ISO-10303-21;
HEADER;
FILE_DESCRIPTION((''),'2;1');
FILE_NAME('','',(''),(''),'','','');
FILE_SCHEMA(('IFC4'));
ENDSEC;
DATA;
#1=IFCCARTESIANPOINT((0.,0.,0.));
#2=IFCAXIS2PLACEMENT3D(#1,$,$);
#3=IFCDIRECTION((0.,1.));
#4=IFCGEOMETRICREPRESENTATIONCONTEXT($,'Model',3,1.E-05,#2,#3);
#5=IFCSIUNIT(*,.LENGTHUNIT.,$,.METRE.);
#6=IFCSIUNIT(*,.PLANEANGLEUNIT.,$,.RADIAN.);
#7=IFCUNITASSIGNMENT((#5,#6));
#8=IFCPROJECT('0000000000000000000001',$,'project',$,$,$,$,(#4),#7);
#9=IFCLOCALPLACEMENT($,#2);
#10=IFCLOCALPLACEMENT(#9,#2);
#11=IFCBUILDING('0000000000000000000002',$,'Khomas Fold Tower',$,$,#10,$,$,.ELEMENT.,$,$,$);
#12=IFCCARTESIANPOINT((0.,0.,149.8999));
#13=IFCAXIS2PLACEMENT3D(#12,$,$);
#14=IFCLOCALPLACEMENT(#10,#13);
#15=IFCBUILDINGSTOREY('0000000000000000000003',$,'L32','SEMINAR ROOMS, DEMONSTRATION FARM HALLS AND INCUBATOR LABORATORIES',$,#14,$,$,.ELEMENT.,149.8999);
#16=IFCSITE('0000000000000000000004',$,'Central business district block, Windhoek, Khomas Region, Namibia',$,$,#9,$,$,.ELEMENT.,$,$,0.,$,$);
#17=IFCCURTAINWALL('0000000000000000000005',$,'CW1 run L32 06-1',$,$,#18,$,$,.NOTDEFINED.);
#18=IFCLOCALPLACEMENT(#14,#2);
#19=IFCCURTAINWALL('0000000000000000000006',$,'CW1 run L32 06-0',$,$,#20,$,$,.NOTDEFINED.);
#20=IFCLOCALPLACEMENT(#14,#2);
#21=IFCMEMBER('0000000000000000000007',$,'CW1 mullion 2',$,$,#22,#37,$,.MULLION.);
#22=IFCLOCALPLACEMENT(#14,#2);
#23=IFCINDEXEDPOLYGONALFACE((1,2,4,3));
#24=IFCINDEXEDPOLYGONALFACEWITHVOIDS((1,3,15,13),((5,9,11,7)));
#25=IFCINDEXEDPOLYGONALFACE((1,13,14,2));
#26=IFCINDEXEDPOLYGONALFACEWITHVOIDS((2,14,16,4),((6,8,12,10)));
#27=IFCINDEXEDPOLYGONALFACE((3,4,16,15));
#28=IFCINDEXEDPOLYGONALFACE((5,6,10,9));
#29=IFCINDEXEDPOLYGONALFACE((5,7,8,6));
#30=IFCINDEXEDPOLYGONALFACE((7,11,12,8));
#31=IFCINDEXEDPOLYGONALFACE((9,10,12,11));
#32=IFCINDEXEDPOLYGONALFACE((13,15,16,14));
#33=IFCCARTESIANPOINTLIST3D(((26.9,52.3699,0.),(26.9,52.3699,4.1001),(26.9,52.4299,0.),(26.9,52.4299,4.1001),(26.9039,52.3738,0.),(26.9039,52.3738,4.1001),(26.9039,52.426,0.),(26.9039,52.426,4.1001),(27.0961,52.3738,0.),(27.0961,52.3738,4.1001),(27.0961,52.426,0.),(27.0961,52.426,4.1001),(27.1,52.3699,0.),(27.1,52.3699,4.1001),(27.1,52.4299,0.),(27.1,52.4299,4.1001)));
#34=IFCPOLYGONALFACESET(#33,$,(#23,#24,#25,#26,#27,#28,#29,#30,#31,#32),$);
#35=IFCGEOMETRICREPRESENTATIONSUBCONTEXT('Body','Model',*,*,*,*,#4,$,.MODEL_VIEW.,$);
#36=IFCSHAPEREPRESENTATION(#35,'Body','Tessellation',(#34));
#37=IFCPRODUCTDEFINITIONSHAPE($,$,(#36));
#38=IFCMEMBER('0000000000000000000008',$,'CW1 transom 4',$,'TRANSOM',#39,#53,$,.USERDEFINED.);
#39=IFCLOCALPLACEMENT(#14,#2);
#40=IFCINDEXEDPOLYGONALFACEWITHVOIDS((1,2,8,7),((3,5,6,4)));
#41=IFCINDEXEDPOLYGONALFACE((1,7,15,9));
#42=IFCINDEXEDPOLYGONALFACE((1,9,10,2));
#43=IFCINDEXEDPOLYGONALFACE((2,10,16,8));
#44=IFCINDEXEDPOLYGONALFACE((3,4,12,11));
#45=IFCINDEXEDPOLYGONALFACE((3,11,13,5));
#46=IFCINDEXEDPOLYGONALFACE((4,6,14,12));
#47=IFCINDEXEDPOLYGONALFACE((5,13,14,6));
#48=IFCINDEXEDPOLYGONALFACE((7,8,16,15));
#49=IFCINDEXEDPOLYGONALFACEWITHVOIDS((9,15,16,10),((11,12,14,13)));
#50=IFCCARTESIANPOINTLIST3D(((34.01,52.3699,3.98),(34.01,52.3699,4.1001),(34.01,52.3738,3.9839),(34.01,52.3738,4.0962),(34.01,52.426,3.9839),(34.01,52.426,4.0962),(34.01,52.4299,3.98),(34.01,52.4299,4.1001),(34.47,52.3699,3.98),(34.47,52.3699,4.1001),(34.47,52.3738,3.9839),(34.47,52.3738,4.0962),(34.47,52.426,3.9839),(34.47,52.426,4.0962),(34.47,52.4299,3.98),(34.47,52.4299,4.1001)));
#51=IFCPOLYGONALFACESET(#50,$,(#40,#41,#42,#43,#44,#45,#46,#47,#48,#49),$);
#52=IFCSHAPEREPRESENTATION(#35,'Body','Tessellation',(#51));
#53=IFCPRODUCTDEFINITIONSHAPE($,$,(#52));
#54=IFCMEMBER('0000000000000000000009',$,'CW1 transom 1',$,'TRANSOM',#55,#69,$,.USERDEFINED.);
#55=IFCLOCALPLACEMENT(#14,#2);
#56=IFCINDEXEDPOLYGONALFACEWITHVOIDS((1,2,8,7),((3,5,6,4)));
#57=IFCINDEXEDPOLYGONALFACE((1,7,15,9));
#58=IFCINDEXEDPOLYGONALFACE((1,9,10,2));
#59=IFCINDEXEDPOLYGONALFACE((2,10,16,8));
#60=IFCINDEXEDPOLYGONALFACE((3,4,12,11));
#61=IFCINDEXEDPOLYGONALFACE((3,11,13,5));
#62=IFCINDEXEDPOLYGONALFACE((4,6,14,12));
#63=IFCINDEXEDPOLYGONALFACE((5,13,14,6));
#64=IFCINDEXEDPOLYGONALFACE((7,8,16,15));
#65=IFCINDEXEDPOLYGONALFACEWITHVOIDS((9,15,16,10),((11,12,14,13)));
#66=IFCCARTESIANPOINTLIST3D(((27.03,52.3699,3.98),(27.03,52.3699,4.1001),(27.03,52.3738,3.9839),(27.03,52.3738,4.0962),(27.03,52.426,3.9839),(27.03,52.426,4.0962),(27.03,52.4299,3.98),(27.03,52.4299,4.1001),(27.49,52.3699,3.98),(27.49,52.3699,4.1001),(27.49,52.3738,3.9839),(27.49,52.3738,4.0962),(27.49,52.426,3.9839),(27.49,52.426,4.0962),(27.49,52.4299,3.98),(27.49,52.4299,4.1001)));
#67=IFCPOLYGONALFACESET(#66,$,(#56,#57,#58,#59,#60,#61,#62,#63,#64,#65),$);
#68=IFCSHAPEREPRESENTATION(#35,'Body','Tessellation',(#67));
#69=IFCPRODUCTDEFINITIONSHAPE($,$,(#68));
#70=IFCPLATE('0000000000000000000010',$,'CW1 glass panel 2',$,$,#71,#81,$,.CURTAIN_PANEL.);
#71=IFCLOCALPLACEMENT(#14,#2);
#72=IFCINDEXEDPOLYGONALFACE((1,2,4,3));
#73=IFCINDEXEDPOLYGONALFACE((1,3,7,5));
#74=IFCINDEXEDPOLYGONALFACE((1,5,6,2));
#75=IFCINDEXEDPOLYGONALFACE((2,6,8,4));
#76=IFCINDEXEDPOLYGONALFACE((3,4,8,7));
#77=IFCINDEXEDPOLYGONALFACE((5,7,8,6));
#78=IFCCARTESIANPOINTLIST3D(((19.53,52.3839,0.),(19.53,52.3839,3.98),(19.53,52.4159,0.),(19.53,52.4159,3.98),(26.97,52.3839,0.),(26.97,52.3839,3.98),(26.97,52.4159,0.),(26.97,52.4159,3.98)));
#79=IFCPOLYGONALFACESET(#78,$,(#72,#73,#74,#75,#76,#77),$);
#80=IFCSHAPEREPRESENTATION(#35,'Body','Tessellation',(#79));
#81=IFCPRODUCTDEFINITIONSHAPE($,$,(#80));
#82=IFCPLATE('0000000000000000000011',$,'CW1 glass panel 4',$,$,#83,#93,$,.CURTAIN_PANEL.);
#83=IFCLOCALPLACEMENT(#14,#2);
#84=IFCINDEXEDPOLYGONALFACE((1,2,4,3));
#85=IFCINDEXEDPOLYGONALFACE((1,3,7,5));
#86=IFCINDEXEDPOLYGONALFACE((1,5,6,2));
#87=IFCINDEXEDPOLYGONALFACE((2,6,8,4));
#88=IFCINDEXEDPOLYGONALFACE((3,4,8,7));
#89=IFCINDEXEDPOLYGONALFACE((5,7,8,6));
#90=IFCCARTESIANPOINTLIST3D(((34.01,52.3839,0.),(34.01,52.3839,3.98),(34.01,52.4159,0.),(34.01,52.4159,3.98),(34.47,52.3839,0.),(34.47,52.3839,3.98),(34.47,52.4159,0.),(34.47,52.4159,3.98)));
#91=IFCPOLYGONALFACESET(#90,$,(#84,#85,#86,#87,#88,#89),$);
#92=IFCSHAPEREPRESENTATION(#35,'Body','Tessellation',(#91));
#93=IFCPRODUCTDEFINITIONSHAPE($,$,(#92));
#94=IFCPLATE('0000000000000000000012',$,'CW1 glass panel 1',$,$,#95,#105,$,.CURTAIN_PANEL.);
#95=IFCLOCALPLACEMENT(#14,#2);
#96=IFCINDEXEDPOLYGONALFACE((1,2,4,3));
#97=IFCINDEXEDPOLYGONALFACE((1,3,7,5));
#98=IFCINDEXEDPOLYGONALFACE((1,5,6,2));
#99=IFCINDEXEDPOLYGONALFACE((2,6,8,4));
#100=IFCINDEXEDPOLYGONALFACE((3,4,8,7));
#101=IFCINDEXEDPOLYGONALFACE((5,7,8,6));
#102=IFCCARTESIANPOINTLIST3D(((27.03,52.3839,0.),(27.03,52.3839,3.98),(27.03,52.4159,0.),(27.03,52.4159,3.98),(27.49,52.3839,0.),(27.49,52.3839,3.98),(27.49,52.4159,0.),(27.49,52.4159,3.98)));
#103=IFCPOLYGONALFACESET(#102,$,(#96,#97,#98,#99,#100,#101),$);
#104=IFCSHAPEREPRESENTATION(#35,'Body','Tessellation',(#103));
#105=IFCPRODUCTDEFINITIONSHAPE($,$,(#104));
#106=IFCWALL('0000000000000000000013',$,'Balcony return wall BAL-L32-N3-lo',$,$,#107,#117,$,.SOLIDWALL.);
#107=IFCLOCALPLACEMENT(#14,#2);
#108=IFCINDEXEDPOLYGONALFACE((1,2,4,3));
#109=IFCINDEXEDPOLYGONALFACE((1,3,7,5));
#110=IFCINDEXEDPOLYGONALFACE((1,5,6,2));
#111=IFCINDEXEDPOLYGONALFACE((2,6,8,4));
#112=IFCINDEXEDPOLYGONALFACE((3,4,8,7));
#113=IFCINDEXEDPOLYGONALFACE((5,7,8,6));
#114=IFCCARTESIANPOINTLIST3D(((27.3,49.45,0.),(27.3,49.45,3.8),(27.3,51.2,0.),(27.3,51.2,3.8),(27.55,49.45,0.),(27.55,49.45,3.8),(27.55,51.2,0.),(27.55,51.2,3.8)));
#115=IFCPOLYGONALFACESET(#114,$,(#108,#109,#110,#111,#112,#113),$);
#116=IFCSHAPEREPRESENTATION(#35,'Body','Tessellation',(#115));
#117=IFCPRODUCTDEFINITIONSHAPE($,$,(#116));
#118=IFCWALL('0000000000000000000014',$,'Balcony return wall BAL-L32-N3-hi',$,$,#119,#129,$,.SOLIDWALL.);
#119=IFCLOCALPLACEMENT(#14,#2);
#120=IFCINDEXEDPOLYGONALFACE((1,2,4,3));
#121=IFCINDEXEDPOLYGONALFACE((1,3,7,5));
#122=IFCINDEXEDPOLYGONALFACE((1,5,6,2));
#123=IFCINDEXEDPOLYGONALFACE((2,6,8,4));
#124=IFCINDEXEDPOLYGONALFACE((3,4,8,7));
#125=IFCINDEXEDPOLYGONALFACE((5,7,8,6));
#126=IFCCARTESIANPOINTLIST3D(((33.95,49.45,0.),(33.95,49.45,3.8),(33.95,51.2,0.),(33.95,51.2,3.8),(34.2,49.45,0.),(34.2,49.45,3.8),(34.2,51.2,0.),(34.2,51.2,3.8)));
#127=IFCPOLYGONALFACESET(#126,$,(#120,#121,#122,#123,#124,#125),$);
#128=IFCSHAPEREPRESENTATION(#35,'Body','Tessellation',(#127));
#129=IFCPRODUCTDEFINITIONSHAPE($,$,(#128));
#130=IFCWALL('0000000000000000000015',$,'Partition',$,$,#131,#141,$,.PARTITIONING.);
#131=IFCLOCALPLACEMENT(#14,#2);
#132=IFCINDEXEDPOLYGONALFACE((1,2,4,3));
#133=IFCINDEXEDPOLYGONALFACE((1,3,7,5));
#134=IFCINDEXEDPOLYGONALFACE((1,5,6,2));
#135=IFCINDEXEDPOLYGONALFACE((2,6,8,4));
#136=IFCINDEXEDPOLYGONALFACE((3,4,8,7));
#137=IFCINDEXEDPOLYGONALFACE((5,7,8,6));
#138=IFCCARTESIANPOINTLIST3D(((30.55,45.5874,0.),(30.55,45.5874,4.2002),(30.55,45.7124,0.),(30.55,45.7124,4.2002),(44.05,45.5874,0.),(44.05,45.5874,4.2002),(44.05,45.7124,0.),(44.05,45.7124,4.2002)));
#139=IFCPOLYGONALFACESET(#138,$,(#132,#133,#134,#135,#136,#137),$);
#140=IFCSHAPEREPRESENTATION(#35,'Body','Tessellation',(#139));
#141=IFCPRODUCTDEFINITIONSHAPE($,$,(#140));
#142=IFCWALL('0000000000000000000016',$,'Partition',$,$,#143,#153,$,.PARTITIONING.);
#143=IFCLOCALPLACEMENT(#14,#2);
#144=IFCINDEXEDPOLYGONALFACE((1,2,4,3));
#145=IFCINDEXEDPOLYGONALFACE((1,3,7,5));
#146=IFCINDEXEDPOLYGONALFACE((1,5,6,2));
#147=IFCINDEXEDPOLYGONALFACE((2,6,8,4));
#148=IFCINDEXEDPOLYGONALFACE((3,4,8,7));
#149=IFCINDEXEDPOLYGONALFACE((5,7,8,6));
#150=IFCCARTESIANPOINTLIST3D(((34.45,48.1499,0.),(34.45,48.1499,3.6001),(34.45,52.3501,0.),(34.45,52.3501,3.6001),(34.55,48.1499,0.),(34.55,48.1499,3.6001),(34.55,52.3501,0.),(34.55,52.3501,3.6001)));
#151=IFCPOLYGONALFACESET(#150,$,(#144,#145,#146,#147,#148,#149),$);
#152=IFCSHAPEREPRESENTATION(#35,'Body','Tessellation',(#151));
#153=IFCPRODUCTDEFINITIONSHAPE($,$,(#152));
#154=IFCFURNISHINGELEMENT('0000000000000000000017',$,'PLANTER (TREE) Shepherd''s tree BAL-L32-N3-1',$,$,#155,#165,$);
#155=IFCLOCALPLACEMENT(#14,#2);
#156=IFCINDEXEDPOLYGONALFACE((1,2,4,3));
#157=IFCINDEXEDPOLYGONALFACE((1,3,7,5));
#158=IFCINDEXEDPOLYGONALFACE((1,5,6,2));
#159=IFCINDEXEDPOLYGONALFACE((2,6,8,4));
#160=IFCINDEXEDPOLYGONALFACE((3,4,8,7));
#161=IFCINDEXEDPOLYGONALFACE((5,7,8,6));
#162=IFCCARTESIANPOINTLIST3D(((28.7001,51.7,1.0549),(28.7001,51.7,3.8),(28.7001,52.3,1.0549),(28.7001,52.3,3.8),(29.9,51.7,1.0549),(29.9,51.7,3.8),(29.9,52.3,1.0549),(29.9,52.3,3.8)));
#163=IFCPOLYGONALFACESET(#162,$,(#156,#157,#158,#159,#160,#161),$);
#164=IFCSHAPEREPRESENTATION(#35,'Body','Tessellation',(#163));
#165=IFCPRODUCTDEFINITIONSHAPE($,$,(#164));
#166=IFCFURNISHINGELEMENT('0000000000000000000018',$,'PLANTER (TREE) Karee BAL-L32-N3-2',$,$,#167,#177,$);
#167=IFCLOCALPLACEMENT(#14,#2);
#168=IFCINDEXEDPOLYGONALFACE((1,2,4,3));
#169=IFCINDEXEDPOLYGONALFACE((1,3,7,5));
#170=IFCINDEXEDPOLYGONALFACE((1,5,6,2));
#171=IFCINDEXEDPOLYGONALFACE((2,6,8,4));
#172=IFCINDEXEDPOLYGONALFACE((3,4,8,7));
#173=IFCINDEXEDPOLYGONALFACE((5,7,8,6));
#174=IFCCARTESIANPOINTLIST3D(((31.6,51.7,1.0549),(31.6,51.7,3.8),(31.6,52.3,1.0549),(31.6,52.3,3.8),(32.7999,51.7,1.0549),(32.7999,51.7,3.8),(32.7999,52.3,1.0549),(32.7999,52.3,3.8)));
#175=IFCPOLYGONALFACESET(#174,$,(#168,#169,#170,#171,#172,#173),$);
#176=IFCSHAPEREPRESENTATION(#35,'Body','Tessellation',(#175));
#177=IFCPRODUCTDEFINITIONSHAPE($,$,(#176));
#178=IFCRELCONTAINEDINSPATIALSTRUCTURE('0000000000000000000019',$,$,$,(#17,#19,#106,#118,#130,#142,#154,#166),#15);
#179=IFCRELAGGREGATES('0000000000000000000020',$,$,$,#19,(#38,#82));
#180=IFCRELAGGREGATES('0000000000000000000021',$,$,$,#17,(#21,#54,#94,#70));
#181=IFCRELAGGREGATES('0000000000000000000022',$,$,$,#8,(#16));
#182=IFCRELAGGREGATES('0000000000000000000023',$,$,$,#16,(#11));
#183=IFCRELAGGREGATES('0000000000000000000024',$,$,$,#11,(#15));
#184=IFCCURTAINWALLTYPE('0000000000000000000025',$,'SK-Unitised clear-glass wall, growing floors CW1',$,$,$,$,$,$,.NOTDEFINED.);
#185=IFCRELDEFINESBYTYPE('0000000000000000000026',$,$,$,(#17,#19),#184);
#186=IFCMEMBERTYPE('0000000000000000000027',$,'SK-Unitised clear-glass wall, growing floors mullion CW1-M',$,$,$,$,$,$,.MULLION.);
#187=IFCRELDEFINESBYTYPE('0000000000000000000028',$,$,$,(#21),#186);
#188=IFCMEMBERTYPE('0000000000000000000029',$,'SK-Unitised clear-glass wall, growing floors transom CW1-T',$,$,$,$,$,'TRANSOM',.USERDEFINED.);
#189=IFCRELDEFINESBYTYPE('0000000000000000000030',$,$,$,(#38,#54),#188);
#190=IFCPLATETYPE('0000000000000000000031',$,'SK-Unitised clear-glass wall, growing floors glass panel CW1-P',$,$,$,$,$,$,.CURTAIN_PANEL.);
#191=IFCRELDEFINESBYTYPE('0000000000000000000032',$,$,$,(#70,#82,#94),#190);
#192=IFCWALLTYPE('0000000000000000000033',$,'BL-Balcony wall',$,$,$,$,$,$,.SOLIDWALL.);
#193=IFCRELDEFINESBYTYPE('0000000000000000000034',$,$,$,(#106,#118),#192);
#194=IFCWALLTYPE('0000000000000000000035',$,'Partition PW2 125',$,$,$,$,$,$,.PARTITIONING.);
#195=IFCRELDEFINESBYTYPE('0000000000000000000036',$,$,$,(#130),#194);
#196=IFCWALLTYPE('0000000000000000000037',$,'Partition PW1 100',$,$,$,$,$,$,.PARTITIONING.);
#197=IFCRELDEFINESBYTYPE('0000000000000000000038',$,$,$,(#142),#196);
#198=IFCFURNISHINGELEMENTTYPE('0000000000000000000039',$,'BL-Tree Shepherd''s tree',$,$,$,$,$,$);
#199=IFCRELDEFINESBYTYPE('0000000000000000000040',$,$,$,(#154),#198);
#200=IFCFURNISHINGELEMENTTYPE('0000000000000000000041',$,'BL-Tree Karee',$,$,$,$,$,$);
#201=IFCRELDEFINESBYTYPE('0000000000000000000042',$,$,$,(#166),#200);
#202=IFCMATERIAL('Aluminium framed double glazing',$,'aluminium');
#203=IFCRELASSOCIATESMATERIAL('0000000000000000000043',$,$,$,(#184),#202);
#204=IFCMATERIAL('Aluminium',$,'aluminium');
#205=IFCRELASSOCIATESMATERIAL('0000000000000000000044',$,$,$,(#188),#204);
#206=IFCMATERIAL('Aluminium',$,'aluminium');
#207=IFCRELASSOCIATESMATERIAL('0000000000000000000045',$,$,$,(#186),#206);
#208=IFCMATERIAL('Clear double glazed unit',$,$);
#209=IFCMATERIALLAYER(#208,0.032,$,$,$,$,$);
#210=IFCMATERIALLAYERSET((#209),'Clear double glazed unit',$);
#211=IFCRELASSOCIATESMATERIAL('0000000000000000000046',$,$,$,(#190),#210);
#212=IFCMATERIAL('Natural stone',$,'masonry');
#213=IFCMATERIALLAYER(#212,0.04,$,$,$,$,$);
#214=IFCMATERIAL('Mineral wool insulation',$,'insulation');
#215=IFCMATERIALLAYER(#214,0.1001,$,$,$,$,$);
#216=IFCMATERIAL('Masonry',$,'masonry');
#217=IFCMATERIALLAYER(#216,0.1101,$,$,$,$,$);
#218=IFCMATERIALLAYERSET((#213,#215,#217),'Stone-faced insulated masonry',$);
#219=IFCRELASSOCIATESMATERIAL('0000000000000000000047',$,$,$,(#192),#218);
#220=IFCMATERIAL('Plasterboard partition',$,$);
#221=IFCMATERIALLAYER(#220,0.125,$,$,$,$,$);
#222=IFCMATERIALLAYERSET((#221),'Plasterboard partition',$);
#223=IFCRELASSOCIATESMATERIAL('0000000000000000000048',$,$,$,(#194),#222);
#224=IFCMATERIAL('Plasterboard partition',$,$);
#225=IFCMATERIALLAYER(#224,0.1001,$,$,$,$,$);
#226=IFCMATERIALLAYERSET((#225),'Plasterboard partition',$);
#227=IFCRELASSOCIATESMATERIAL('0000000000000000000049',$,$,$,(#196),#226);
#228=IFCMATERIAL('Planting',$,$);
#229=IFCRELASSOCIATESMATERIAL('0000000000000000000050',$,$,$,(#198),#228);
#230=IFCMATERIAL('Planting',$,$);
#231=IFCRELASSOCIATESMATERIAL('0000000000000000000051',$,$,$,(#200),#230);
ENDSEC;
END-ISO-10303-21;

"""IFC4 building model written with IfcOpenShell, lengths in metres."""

from ifc_helpers import new_model, si_unit, direction, frame, frame_2d, origin, origin_2d, place, context, subcontext, project, spatial, rectangle, hollow_rectangle, extrude, source, transform, mapped, material, layer, layer_set, material_profile, profile_set, type_object, element, aggregate, save


model = new_model("IFC4")

# Units and contexts
model_context = context("Model", 3, precision=1e-05, world=origin(), true_north=direction((0.0, 1.0)))
body_context = subcontext(model_context, "Body", "Model", "MODEL_VIEW")
ifc_project = project(units=[si_unit("LENGTHUNIT", "METRE"), si_unit("PLANEANGLEUNIT", "RADIAN")], contexts=[model_context])

# Site, building, storey
site_placement = place(None, origin())
site = spatial("IfcSite", under=ifc_project, at=site_placement, Name="Central business district block, Windhoek, Khomas Region, Namibia", CompositionType="ELEMENT", RefElevation=0.0)
building_placement = place(site_placement, origin())
building = spatial("IfcBuilding", under=site, at=building_placement, Name="Khomas Fold Tower", CompositionType="ELEMENT")
storey_placement = place(building_placement, frame((0.0, 0.0, 149.8999)))
storey = spatial("IfcBuildingStorey", under=building, at=storey_placement, Name="L32", Description="SEMINAR ROOMS, DEMONSTRATION FARM HALLS AND INCUBATOR LABORATORIES", CompositionType="ELEMENT", Elevation=149.8999)

# Curtain wall
ifc_material_1 = material(Name="Aluminium framed double glazing", Category="aluminium")
curtain_wall_type = type_object("IfcCurtainWallType", Name="SK-Unitised clear-glass wall, growing floors CW1", PredefinedType="NOTDEFINED", material=ifc_material_1)
curtain_wall_1_placement = place(storey_placement, origin())
curtain_wall_1 = element("IfcCurtainWall", 1, at=curtain_wall_1_placement, inside=storey, type_object=curtain_wall_type, Name="CW1 run L32 06-1", PredefinedType="NOTDEFINED")
ifc_material_2 = material(Name="Aluminium", Category="aluminium")
ifc_material_profile_1 = material_profile(ifc_material_2, hollow_rectangle(XDim=0.0601, YDim=0.1201, WallThickness=0.0039, at=origin_2d()), Name="SK-Unitised clear-glass wall, growing floors transom CW1-T")
ifc_profile_set_1 = profile_set([ifc_material_profile_1], Name="Aluminium")
member_type_1 = type_object("IfcMemberType", Name="SK-Unitised clear-glass wall, growing floors transom CW1-T", ElementType="TRANSOM", PredefinedType="USERDEFINED", material=ifc_profile_set_1)

# Curtain wall
curtain_wall_2_placement = place(storey_placement, origin())
curtain_wall_2 = element("IfcCurtainWall", 2, at=curtain_wall_2_placement, inside=storey, type_object=curtain_wall_type, Name="CW1 run L32 06-0", PredefinedType="NOTDEFINED")
ifc_material_3 = material(Name="Aluminium", Category="aluminium")
ifc_material_profile_2 = material_profile(ifc_material_3, hollow_rectangle(XDim=0.0601, YDim=0.2, WallThickness=0.0039, at=origin_2d()), Name="SK-Unitised clear-glass wall, growing floors mullion CW1-M")
ifc_profile_set_2 = profile_set([ifc_material_profile_2], Name="Aluminium")
member_type_2 = type_object("IfcMemberType", Name="SK-Unitised clear-glass wall, growing floors mullion CW1-M", PredefinedType="MULLION", material=ifc_profile_set_2)
shared_shape_1 = source(origin(), body_context, "Body", "SweptSolid", [
    extrude(hollow_rectangle(XDim=0.0601, YDim=0.2, WallThickness=0.0039, at=origin_2d()), origin(), (0.0, 0.0, 1.0), 4.1001),
])

# Members
member_1_placement = place(storey_placement, frame((27.0, 52.3999, 0.0), z_axis=(0.0, 0.0, 1.0), x_axis=(0.0, -1.0, 0.0)))
member_1 = element("IfcMember", 3, at=member_1_placement, type_object=member_type_2, Name="CW1 mullion 2", PredefinedType="MULLION", context=body_context, shape_type="MappedRepresentation", body=[
    mapped(shared_shape_1, transform((0.0, 0.0, 0.0))),
])
shared_shape_2 = source(origin(), body_context, "Body", "SweptSolid", [
    extrude(hollow_rectangle(XDim=0.0601, YDim=0.1201, WallThickness=0.0039, at=origin_2d()), origin(), (0.0, 0.0, 1.0), 0.46),
])
member_2_placement = place(storey_placement, frame((34.47, 52.3999, 4.04), z_axis=(-1.0, 0.0, 0.0), x_axis=(0.0, -1.0, 0.0)))
member_2 = element("IfcMember", 4, at=member_2_placement, type_object=member_type_1, Name="CW1 transom 4", ObjectType="TRANSOM", PredefinedType="USERDEFINED", context=body_context, shape_type="MappedRepresentation", body=[
    mapped(shared_shape_2, transform((0.0, 0.0, 0.0))),
])
member_3_placement = place(storey_placement, frame((27.49, 52.3999, 4.04), z_axis=(-1.0, 0.0, 0.0), x_axis=(0.0, -1.0, 0.0)))
member_3 = element("IfcMember", 5, at=member_3_placement, type_object=member_type_1, Name="CW1 transom 1", ObjectType="TRANSOM", PredefinedType="USERDEFINED", context=body_context, shape_type="MappedRepresentation", body=[
    mapped(shared_shape_2, transform((0.0, 0.0, 0.0))),
])

# Plates
ifc_material_4 = material(Name="Clear double glazed unit")
ifc_layer_1 = layer(ifc_material_4, 0.032)
ifc_layer_set_1 = layer_set([ifc_layer_1], Name="Clear double glazed unit")
plate_type = type_object("IfcPlateType", Name="SK-Unitised clear-glass wall, growing floors glass panel CW1-P", PredefinedType="CURTAIN_PANEL", material=ifc_layer_set_1)
shared_shape_3 = source(origin(), body_context, "Body", "SweptSolid", [
    extrude(rectangle(XDim=7.4399, YDim=0.032, at=origin_2d()), origin(), (0.0, 0.0, 1.0), 3.98),
])
plate_1_placement = place(storey_placement, frame((23.25, 52.3999, 0.0), z_axis=(0.0, 0.0, 1.0), x_axis=(-1.0, 0.0, 0.0)))
plate_1 = element("IfcPlate", 6, at=plate_1_placement, type_object=plate_type, Name="CW1 glass panel 2", PredefinedType="CURTAIN_PANEL", context=body_context, shape_type="MappedRepresentation", body=[
    mapped(shared_shape_3, transform((0.0, 0.0, 0.0))),
])
shared_shape_4 = source(origin(), body_context, "Body", "SweptSolid", [
    extrude(rectangle(XDim=0.46, YDim=0.032, at=origin_2d()), origin(), (0.0, 0.0, 1.0), 3.98),
])
plate_2_placement = place(storey_placement, frame((34.24, 52.3999, 0.0), z_axis=(0.0, 0.0, 1.0), x_axis=(-1.0, 0.0, 0.0)))
plate_2 = element("IfcPlate", 7, at=plate_2_placement, type_object=plate_type, Name="CW1 glass panel 4", PredefinedType="CURTAIN_PANEL", context=body_context, shape_type="MappedRepresentation", body=[
    mapped(shared_shape_4, transform((0.0, 0.0, 0.0))),
])
aggregate(curtain_wall_2, [member_2, plate_2])
plate_3_placement = place(storey_placement, frame((27.26, 52.3999, 0.0), z_axis=(0.0, 0.0, 1.0), x_axis=(-1.0, 0.0, 0.0)))
plate_3 = element("IfcPlate", 8, at=plate_3_placement, type_object=plate_type, Name="CW1 glass panel 1", PredefinedType="CURTAIN_PANEL", context=body_context, shape_type="MappedRepresentation", body=[
    mapped(shared_shape_4, transform((0.0, 0.0, 0.0))),
])
aggregate(curtain_wall_1, [member_1, member_3, plate_3, plate_1])

# Shared definitions
ifc_material_5 = material(Name="Natural stone", Category="masonry")
ifc_layer_2 = layer(ifc_material_5, 0.04)
ifc_material_6 = material(Name="Mineral wool insulation", Category="insulation")
ifc_layer_3 = layer(ifc_material_6, 0.1001)
ifc_material_7 = material(Name="Masonry", Category="masonry")
ifc_layer_4 = layer(ifc_material_7, 0.1101)
ifc_layer_set_2 = layer_set([ifc_layer_2, ifc_layer_3, ifc_layer_4], Name="Stone-faced insulated masonry")
wall_type_1 = type_object("IfcWallType", Name="BL-Balcony wall", PredefinedType="SOLIDWALL", material=ifc_layer_set_2)

# Walls
shared_shape_5 = source(origin(), body_context, "Body", "SweptSolid", [
    extrude(rectangle(XDim=1.75, YDim=0.25, at=frame_2d((0.875, 0.0))), origin(), (0.0, 0.0, 1.0), 3.8),
])
for number, where, z_axis, x_axis, name in (
    (9, (27.425, 51.2, 0.0), (0.0, 0.0, 1.0), (0.0, -1.0, 0.0), "Balcony return wall BAL-L32-N3-lo"),
    (10, (34.075, 51.2, 0.0), (0.0, 0.0, 1.0), (0.0, -1.0, 0.0), "Balcony return wall BAL-L32-N3-hi"),
):
    element("IfcWall", number, at=place(storey_placement, frame(where, z_axis=z_axis, x_axis=x_axis)), inside=storey, type_object=wall_type_1, Name=name, PredefinedType="SOLIDWALL", context=body_context, shape_type="MappedRepresentation", body=[
        mapped(shared_shape_5, transform((0.0, 0.0, 0.0))),
    ])
ifc_material_8 = material(Name="Plasterboard partition")
ifc_layer_5 = layer(ifc_material_8, 0.125)
ifc_layer_set_3 = layer_set([ifc_layer_5], Name="Plasterboard partition")
wall_type_2 = type_object("IfcWallType", Name="Partition PW2 125", PredefinedType="PARTITIONING", material=ifc_layer_set_3)
shared_shape_6 = source(origin(), body_context, "Body", "SweptSolid", [
    extrude(rectangle(XDim=13.5, YDim=0.125, at=frame_2d((6.75, 0.0))), origin(), (0.0, 0.0, 1.0), 4.2002),
])
wall_1_placement = place(storey_placement, frame((30.55, 45.6499, 0.0), z_axis=(0.0, 0.0, 1.0), x_axis=(1.0, 0.0, 0.0)))
element("IfcWall", 11, at=wall_1_placement, inside=storey, type_object=wall_type_2, Name="Partition", PredefinedType="PARTITIONING", context=body_context, shape_type="MappedRepresentation", body=[
    mapped(shared_shape_6, transform((0.0, 0.0, 0.0))),
])
ifc_material_9 = material(Name="Plasterboard partition")
ifc_layer_6 = layer(ifc_material_9, 0.1001)
ifc_layer_set_4 = layer_set([ifc_layer_6], Name="Plasterboard partition")
wall_type_3 = type_object("IfcWallType", Name="Partition PW1 100", PredefinedType="PARTITIONING", material=ifc_layer_set_4)
shared_shape_7 = source(origin(), body_context, "Body", "SweptSolid", [
    extrude(rectangle(XDim=4.2002, YDim=0.1001, at=frame_2d((2.1001, 0.0))), origin(), (0.0, 0.0, 1.0), 3.6001),
])
wall_2_placement = place(storey_placement, frame((34.5, 48.1499, 0.0), z_axis=(0.0, 0.0, 1.0), x_axis=(0.0, 1.0, 0.0)))
element("IfcWall", 12, at=wall_2_placement, inside=storey, type_object=wall_type_3, Name="Partition", PredefinedType="PARTITIONING", context=body_context, shape_type="MappedRepresentation", body=[
    mapped(shared_shape_7, transform((0.0, 0.0, 0.0))),
])

# Furnishing elements
ifc_material_10 = material(Name="Planting")
furnishing_element_type_1 = type_object("IfcFurnishingElementType", Name="BL-Tree Shepherd's tree", material=ifc_material_10)
shared_shape_8 = source(origin(), body_context, "Body", "SweptSolid", [
    extrude(rectangle(XDim=1.2, YDim=0.6001, at=origin_2d()), origin(), (0.0, 0.0, 1.0), 2.7451),
])
furnishing_1_placement = place(storey_placement, frame((29.3, 52.0, 1.0549), z_axis=(0.0, 0.0, 1.0), x_axis=(1.0, 0.0, 0.0)))
element("IfcFurnishingElement", 13, at=furnishing_1_placement, inside=storey, type_object=furnishing_element_type_1, Name="PLANTER (TREE) Shepherd's tree BAL-L32-N3-1", context=body_context, shape_type="MappedRepresentation", body=[
    mapped(shared_shape_8, transform((0.0, 0.0, 0.0))),
])
ifc_material_11 = material(Name="Planting")
furnishing_element_type_2 = type_object("IfcFurnishingElementType", Name="BL-Tree Karee", material=ifc_material_11)
furnishing_2_placement = place(storey_placement, frame((32.2, 52.0, 1.0549), z_axis=(0.0, 0.0, 1.0), x_axis=(1.0, 0.0, 0.0)))
element("IfcFurnishingElement", 14, at=furnishing_2_placement, inside=storey, type_object=furnishing_element_type_2, Name="PLANTER (TREE) Karee BAL-L32-N3-2", context=body_context, shape_type="MappedRepresentation", body=[
    mapped(shared_shape_8, transform((0.0, 0.0, 0.0))),
])

save(model, "model.ifc")
